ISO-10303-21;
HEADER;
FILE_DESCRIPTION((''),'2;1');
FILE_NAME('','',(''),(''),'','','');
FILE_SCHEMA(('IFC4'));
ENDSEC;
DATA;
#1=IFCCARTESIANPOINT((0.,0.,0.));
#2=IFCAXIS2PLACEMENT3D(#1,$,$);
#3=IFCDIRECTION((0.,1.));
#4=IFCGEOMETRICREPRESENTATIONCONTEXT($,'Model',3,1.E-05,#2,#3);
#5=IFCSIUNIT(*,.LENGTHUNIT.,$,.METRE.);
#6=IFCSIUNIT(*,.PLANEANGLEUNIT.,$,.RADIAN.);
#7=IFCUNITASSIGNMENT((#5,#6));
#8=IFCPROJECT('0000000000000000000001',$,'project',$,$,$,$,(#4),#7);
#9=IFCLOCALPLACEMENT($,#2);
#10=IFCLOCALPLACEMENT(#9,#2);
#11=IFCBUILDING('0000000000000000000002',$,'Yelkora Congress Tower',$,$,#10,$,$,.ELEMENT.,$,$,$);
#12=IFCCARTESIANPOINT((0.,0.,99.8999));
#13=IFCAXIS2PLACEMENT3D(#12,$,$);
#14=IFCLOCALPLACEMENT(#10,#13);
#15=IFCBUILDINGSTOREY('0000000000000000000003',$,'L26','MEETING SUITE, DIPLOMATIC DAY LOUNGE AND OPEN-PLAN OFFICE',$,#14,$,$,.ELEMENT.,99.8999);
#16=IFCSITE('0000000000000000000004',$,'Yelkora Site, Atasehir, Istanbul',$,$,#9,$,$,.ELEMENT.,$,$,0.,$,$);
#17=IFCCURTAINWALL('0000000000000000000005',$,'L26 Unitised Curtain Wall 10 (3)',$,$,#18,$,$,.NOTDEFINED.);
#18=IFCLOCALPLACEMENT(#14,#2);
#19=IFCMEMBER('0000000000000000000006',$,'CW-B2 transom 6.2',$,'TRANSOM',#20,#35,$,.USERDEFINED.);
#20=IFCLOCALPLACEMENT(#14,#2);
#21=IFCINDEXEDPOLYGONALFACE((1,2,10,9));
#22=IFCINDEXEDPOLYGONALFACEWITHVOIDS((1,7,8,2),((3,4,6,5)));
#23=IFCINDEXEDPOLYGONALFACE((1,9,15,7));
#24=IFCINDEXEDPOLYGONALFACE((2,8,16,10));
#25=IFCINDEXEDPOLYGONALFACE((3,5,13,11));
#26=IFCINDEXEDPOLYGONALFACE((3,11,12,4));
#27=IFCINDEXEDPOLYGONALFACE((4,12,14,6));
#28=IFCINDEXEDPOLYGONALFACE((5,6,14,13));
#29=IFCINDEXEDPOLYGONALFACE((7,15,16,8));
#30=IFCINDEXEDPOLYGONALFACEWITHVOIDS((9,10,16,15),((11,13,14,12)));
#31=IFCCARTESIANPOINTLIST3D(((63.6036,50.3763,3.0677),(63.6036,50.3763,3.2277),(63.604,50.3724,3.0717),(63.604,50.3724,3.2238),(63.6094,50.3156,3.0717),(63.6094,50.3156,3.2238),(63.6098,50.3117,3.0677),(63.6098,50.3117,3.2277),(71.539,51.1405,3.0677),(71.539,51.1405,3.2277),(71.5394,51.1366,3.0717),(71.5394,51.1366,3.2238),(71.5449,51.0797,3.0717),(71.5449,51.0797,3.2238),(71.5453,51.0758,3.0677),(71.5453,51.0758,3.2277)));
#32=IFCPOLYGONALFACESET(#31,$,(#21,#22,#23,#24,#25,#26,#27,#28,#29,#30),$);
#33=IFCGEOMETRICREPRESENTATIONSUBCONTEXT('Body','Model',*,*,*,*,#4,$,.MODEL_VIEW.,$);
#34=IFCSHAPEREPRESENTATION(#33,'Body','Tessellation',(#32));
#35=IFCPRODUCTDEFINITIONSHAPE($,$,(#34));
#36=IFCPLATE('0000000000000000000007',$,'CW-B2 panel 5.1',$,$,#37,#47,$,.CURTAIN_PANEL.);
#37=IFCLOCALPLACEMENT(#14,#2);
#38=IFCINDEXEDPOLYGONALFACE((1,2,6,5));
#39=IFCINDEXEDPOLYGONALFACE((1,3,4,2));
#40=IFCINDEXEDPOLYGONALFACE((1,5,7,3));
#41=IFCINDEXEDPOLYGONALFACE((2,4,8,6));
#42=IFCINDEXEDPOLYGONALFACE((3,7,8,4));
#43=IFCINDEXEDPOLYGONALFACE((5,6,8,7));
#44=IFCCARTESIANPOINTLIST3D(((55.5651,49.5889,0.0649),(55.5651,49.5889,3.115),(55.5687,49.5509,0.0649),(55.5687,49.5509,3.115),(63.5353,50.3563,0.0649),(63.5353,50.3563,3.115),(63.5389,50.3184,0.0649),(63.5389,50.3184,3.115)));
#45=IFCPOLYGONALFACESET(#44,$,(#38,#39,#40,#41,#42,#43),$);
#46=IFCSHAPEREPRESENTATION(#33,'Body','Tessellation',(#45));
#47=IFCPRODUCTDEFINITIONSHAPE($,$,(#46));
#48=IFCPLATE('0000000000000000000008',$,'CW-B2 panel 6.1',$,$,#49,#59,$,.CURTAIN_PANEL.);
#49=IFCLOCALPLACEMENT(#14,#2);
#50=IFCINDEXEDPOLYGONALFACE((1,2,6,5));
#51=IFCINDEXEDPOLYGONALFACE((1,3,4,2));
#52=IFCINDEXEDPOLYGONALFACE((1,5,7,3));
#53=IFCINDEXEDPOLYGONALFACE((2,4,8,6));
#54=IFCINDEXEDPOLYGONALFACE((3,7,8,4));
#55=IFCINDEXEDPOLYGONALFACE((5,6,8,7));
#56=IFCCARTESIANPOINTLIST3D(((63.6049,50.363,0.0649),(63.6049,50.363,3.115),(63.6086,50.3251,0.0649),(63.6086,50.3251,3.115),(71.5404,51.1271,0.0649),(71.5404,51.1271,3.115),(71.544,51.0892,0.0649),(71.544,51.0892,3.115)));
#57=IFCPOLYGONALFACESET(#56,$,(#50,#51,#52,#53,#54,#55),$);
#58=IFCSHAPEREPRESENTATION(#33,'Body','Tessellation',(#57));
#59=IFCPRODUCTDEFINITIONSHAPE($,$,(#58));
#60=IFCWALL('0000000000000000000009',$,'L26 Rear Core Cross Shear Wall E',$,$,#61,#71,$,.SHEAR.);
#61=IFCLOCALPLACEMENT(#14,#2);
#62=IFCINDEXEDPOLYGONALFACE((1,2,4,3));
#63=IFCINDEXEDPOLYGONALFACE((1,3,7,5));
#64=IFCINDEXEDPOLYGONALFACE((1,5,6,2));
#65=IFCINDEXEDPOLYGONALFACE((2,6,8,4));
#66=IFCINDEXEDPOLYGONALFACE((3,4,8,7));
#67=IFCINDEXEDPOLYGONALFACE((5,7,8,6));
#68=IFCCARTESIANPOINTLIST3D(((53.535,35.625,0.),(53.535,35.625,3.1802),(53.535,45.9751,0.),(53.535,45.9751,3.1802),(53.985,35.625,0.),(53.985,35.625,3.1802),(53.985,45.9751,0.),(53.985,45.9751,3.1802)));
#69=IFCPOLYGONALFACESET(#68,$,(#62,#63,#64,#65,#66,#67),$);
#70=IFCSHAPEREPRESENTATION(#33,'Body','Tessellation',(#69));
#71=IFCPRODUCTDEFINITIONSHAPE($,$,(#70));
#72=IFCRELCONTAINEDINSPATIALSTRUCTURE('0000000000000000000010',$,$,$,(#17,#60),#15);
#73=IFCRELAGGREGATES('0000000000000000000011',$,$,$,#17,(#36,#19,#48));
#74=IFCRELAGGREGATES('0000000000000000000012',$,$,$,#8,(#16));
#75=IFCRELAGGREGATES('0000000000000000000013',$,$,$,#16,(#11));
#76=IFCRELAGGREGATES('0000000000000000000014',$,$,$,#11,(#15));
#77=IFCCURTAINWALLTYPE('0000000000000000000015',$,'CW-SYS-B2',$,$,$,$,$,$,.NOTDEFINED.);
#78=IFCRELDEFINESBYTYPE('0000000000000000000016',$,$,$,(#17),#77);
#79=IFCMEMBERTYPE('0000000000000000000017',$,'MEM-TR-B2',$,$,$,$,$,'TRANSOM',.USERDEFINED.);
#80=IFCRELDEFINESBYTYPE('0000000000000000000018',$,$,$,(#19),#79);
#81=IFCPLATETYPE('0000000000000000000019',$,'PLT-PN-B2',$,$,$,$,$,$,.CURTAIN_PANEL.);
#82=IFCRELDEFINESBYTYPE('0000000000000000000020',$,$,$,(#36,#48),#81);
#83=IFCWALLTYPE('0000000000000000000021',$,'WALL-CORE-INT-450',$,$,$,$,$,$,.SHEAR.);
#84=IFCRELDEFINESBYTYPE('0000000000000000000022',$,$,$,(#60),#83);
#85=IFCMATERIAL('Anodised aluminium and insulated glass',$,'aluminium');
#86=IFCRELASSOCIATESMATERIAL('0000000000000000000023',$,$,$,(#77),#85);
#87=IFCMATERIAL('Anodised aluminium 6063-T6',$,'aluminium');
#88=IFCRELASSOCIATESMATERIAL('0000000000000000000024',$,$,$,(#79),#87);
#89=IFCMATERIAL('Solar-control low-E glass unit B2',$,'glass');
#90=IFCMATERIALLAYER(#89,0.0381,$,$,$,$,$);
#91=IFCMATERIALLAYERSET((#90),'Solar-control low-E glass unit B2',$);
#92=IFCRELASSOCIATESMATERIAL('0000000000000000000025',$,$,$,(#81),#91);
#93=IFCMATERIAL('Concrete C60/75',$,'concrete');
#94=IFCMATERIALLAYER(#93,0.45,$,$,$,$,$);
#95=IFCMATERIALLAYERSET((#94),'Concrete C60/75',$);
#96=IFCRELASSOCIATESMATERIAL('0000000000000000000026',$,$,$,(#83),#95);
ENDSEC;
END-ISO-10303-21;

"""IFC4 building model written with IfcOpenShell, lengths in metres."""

from ifc_helpers import new_model, si_unit, direction, frame, frame_2d, origin, origin_2d, place, context, subcontext, project, spatial, rectangle, hollow_rectangle, extrude, material, layer, layer_set, material_profile, profile_set, type_object, element, aggregate, save


model = new_model("IFC4")

# Units and contexts
model_context = context("Model", 3, precision=1e-05, world=origin(), true_north=direction((0.0, 1.0)))
body_context = subcontext(model_context, "Body", "Model", "MODEL_VIEW")
ifc_project = project(units=[si_unit("LENGTHUNIT", "METRE"), si_unit("PLANEANGLEUNIT", "RADIAN")], contexts=[model_context])

# Site, building, storey
site_placement = place(None, origin())
site = spatial("IfcSite", under=ifc_project, at=site_placement, Name="Yelkora Site, Atasehir, Istanbul", CompositionType="ELEMENT", RefElevation=0.0)
building_placement = place(site_placement, origin())
building = spatial("IfcBuilding", under=site, at=building_placement, Name="Yelkora Congress Tower", CompositionType="ELEMENT")
storey_placement = place(building_placement, frame((0.0, 0.0, 99.8999)))
storey = spatial("IfcBuildingStorey", under=building, at=storey_placement, Name="L26", Description="MEETING SUITE, DIPLOMATIC DAY LOUNGE AND OPEN-PLAN OFFICE", CompositionType="ELEMENT", Elevation=99.8999)

# Curtain wall, member, plates
ifc_material_1 = material(Name="Anodised aluminium and insulated glass", Category="aluminium")
curtain_wall_type = type_object("IfcCurtainWallType", Name="CW-SYS-B2", PredefinedType="NOTDEFINED", material=ifc_material_1)
curtain_wall_placement = place(storey_placement, origin())
curtain_wall = element("IfcCurtainWall", 1, at=curtain_wall_placement, inside=storey, type_object=curtain_wall_type, Name="L26 Unitised Curtain Wall 10 (3)", PredefinedType="NOTDEFINED")
ifc_material_2 = material(Name="Anodised aluminium 6063-T6", Category="aluminium")
ifc_material_profile_1 = material_profile(ifc_material_2, hollow_rectangle(XDim=0.0649, YDim=0.1599, WallThickness=0.0039, at=origin_2d()), Name="ALU 65x160x4")
ifc_profile_set_1 = profile_set([ifc_material_profile_1], Name="Anodised aluminium 6063-T6")
member_type_1 = type_object("IfcMemberType", Name="MEM-TR-B2", ElementType="TRANSOM", PredefinedType="USERDEFINED", material=ifc_profile_set_1)
member_1_placement = place(storey_placement, frame((63.6067, 50.344, 3.1477), z_axis=(0.995396, 0.095852, 0.0), x_axis=(-0.095852, 0.995396, 0.0)))
member_1 = element("IfcMember", 2, at=member_1_placement, type_object=member_type_1, Name="CW-B2 transom 6.2", ObjectType="TRANSOM", PredefinedType="USERDEFINED", context=body_context, shape_type="SweptSolid", body=[
    extrude(hollow_rectangle(XDim=0.0649, YDim=0.1599, WallThickness=0.0039, at=origin_2d()), origin(), (0.0, 0.0, 1.0), 7.9722),
])
ifc_material_3 = material(Name="Solar-control low-E glass unit B2", Category="glass")
ifc_layer_1 = layer(ifc_material_3, 0.0381)
ifc_layer_set_1 = layer_set([ifc_layer_1], Name="Solar-control low-E glass unit B2")
plate_type = type_object("IfcPlateType", Name="PLT-PN-B2", PredefinedType="CURTAIN_PANEL", material=ifc_layer_set_1)
plate_1_placement = place(storey_placement, frame((59.552, 49.9536, 0.0649), z_axis=(0.0, 0.0, 1.0), x_axis=(0.995396, 0.095844, 0.0)))
plate_1 = element("IfcPlate", 3, at=plate_1_placement, type_object=plate_type, Name="CW-B2 panel 5.1", PredefinedType="CURTAIN_PANEL", context=body_context, shape_type="SweptSolid", body=[
    extrude(rectangle(XDim=8.0071, YDim=0.0381, at=origin_2d()), origin(), (0.0, 0.0, 1.0), 3.05),
])
plate_2_placement = place(storey_placement, frame((67.5745, 50.7261, 0.0649), z_axis=(0.0, 0.0, 1.0), x_axis=(0.995396, 0.095844, 0.0)))
plate_2 = element("IfcPlate", 4, at=plate_2_placement, type_object=plate_type, Name="CW-B2 panel 6.1", PredefinedType="CURTAIN_PANEL", context=body_context, shape_type="SweptSolid", body=[
    extrude(rectangle(XDim=7.9722, YDim=0.0381, at=origin_2d()), origin(), (0.0, 0.0, 1.0), 3.05),
])
aggregate(curtain_wall, [plate_1, member_1, plate_2])

# Wall
ifc_material_4 = material(Name="Concrete C60/75", Category="concrete")
ifc_layer_2 = layer(ifc_material_4, 0.45)
ifc_layer_set_2 = layer_set([ifc_layer_2], Name="Concrete C60/75")
wall_type = type_object("IfcWallType", Name="WALL-CORE-INT-450", PredefinedType="SHEAR", material=ifc_layer_set_2)
wall_placement = place(storey_placement, frame((53.76, 35.625, 0.0), z_axis=(0.0, 0.0, 1.0), x_axis=(0.0, 1.0, 0.0)))
element("IfcWall", 5, at=wall_placement, inside=storey, type_object=wall_type, Name="L26 Rear Core Cross Shear Wall E", PredefinedType="SHEAR", context=body_context, shape_type="SweptSolid", body=[
    extrude(rectangle(XDim=10.3501, YDim=0.45, at=frame_2d((5.175, 0.0))), origin(), (0.0, 0.0, 1.0), 3.1802),
])

save(model, "model.ifc")
